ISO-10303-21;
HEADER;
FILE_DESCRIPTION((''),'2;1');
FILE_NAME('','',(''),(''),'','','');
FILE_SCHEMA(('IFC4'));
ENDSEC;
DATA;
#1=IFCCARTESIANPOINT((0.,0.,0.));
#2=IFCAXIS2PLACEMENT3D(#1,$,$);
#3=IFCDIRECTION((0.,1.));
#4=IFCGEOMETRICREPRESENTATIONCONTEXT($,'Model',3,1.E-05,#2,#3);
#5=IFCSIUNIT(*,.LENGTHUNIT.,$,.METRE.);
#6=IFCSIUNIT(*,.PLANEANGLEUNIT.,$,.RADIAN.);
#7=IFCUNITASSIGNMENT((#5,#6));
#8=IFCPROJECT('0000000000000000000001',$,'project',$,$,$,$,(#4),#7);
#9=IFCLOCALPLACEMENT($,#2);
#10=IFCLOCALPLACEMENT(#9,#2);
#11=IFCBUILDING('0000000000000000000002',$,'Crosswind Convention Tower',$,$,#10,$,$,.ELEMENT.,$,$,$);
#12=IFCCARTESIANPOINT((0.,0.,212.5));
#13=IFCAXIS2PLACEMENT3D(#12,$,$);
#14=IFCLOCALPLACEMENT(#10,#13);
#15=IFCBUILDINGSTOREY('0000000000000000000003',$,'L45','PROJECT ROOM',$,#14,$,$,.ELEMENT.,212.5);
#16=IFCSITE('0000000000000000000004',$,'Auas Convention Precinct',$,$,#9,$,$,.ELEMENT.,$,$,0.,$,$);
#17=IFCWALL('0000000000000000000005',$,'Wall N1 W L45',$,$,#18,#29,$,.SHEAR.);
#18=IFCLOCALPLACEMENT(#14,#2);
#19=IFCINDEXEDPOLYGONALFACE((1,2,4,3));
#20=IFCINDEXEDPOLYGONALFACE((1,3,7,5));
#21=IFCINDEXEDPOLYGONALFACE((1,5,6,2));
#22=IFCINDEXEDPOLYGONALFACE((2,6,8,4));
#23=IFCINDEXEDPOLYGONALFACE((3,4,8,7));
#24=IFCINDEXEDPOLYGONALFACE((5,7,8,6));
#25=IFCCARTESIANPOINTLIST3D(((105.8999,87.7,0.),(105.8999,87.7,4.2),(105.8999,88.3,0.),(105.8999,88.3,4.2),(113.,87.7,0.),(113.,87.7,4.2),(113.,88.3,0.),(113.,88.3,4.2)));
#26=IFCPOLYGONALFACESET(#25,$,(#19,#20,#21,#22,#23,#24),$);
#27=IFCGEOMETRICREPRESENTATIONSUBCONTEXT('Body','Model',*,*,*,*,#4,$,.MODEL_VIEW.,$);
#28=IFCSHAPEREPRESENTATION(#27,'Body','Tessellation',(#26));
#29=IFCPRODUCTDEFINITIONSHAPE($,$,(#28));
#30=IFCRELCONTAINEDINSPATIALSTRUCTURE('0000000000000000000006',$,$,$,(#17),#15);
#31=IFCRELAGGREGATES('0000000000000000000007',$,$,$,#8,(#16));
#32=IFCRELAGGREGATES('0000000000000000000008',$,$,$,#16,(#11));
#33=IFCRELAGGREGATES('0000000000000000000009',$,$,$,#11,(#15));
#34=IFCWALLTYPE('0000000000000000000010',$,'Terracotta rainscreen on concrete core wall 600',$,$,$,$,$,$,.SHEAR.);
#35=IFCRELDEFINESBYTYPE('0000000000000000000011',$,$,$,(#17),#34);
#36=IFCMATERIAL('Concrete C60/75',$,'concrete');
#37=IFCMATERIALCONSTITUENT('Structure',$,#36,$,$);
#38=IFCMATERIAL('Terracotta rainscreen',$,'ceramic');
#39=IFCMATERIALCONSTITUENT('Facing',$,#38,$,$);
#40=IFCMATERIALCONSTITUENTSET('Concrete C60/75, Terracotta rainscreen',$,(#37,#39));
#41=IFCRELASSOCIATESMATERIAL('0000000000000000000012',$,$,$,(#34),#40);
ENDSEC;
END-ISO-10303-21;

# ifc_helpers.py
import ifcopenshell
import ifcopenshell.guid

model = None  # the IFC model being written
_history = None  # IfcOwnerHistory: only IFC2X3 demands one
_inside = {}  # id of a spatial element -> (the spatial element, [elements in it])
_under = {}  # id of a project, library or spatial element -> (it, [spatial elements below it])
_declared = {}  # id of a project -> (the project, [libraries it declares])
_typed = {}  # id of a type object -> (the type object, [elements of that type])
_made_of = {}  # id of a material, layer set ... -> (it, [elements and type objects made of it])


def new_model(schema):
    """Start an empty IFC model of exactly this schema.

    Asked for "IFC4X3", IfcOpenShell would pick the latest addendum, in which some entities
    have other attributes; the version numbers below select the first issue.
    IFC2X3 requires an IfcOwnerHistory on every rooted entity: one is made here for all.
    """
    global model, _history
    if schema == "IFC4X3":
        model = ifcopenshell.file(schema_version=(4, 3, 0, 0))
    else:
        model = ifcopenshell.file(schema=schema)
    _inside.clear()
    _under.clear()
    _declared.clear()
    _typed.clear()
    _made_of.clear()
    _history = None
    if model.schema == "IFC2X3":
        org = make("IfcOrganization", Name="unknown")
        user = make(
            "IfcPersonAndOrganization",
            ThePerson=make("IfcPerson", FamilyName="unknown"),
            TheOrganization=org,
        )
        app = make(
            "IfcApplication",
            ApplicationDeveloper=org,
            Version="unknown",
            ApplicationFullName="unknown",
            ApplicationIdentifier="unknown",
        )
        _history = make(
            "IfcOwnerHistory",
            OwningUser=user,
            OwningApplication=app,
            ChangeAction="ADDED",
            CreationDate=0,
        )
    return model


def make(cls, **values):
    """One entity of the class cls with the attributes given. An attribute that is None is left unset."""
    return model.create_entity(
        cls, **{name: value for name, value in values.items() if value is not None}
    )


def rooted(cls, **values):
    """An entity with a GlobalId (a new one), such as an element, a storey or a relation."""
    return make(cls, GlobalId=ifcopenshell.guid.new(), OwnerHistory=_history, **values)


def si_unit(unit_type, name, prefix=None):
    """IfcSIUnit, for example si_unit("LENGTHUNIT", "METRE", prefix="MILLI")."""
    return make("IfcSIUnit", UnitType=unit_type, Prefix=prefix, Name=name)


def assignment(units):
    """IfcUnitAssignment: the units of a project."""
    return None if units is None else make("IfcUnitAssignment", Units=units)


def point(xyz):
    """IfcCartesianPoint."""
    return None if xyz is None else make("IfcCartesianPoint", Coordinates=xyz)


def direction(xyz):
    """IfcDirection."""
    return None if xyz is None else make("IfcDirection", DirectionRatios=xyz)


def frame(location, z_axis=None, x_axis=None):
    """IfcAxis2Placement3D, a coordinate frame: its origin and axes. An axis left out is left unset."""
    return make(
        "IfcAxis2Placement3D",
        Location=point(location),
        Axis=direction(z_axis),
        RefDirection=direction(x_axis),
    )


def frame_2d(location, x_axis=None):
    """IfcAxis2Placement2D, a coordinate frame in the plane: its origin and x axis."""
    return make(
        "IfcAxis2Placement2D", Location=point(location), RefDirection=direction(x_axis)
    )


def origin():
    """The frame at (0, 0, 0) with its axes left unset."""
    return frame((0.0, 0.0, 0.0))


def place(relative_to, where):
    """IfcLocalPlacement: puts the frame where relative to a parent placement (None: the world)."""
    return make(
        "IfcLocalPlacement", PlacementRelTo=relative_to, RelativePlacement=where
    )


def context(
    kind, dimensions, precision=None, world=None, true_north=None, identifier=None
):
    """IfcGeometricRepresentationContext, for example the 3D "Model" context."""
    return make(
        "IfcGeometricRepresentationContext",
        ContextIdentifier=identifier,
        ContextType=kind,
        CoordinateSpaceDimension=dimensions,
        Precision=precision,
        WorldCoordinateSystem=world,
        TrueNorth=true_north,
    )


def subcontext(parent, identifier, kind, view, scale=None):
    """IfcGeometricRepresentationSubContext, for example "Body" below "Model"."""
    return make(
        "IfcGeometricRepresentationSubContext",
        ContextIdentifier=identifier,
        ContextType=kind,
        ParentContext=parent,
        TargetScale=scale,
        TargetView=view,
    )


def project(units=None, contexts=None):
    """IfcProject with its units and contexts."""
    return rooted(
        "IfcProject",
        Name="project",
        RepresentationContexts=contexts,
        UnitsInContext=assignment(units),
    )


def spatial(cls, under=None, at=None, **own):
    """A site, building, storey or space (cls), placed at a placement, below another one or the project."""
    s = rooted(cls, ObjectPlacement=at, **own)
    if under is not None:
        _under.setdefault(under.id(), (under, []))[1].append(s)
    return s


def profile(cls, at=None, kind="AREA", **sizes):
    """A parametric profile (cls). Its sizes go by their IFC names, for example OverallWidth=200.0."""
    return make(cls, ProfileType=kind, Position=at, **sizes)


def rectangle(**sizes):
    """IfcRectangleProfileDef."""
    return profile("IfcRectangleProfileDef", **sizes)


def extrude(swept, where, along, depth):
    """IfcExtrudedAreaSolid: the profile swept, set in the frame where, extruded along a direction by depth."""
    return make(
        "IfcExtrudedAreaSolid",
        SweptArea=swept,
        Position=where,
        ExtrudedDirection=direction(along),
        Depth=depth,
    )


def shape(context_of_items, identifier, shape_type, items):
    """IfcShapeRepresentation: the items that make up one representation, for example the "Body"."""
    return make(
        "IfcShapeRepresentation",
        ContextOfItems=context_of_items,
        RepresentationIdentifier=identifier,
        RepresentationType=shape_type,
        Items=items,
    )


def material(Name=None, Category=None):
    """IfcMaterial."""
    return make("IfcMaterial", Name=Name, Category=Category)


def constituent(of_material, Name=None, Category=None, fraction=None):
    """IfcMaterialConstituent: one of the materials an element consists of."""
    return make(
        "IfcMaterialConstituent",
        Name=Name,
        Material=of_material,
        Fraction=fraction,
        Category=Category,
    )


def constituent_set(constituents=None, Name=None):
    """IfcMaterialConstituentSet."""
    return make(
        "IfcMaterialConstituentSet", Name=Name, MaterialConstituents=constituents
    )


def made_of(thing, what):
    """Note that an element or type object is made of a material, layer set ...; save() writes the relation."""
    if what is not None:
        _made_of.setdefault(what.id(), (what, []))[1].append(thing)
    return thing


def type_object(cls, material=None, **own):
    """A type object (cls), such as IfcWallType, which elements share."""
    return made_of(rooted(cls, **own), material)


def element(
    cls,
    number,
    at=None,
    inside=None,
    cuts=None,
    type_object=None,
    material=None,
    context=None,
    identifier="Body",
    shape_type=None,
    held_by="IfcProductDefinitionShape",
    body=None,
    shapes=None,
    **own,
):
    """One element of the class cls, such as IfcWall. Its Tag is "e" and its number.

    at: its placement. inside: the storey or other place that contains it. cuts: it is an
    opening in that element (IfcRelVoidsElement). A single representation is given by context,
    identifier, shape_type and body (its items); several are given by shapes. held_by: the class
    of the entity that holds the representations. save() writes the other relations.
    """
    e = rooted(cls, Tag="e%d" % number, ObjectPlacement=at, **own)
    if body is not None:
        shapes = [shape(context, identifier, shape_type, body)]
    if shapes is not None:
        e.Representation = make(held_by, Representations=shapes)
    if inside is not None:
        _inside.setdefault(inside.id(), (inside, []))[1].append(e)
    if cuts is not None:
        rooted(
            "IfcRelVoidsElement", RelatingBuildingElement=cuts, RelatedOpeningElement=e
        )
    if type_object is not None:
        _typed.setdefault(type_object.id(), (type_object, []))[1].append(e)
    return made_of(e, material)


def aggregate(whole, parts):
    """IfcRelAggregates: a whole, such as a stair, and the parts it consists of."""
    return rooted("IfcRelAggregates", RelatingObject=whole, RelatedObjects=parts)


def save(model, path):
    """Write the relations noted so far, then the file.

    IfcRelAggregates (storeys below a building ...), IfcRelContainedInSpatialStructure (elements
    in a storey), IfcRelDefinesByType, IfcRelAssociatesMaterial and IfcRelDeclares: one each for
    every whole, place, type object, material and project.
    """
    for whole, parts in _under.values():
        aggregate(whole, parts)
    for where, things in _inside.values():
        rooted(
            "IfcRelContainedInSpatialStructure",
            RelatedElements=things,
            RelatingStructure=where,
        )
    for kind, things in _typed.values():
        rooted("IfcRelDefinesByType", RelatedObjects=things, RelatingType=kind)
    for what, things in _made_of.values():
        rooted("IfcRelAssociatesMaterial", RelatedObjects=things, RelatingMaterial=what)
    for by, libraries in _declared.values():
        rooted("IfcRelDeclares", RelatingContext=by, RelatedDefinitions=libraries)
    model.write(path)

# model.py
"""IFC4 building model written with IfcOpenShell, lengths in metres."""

from ifc_helpers import new_model, si_unit, direction, frame, frame_2d, origin, place, context, subcontext, project, spatial, rectangle, extrude, material, constituent, constituent_set, type_object, element, save


model = new_model("IFC4")

# Units and contexts
model_context = context("Model", 3, precision=1e-05, world=origin(), true_north=direction((0.0, 1.0)))
body_context = subcontext(model_context, "Body", "Model", "MODEL_VIEW")
ifc_project = project(units=[si_unit("LENGTHUNIT", "METRE"), si_unit("PLANEANGLEUNIT", "RADIAN")], contexts=[model_context])

# Site, building, storey
site_placement = place(None, origin())
site = spatial("IfcSite", under=ifc_project, at=site_placement, Name="Auas Convention Precinct", CompositionType="ELEMENT", RefElevation=0.0)
building_placement = place(site_placement, origin())
building = spatial("IfcBuilding", under=site, at=building_placement, Name="Crosswind Convention Tower", CompositionType="ELEMENT")
storey_placement = place(building_placement, frame((0.0, 0.0, 212.5)))
storey = spatial("IfcBuildingStorey", under=building, at=storey_placement, Name="L45", Description="PROJECT ROOM", CompositionType="ELEMENT", Elevation=212.5)

# Shared definitions
ifc_material_1 = material(Name="Concrete C60/75", Category="concrete")

# Wall
ifc_constituent_1 = constituent(ifc_material_1, Name="Structure")
ifc_material_2 = material(Name="Terracotta rainscreen", Category="ceramic")
ifc_constituent_2 = constituent(ifc_material_2, Name="Facing")
ifc_constituent_set = constituent_set(constituents=[ifc_constituent_1, ifc_constituent_2], Name="Concrete C60/75, Terracotta rainscreen")
wall_type_1 = type_object("IfcWallType", Name="Terracotta rainscreen on concrete core wall 600", PredefinedType="SHEAR", material=ifc_constituent_set)
wall_1_placement = place(storey_placement, frame((113.0, 88.0, 0.0), z_axis=(0.0, 0.0, 1.0), x_axis=(-1.0, 0.0, 0.0)))
element("IfcWall", 1, at=wall_1_placement, inside=storey, type_object=wall_type_1, Name="Wall N1 W L45", PredefinedType="SHEAR", context=body_context, shape_type="SweptSolid", body=[
    extrude(rectangle(XDim=7.1001, YDim=0.6001, at=frame_2d((3.55, 0.0))), origin(), (0.0, 0.0, 1.0), 4.2),
])

save(model, "model.ifc")
